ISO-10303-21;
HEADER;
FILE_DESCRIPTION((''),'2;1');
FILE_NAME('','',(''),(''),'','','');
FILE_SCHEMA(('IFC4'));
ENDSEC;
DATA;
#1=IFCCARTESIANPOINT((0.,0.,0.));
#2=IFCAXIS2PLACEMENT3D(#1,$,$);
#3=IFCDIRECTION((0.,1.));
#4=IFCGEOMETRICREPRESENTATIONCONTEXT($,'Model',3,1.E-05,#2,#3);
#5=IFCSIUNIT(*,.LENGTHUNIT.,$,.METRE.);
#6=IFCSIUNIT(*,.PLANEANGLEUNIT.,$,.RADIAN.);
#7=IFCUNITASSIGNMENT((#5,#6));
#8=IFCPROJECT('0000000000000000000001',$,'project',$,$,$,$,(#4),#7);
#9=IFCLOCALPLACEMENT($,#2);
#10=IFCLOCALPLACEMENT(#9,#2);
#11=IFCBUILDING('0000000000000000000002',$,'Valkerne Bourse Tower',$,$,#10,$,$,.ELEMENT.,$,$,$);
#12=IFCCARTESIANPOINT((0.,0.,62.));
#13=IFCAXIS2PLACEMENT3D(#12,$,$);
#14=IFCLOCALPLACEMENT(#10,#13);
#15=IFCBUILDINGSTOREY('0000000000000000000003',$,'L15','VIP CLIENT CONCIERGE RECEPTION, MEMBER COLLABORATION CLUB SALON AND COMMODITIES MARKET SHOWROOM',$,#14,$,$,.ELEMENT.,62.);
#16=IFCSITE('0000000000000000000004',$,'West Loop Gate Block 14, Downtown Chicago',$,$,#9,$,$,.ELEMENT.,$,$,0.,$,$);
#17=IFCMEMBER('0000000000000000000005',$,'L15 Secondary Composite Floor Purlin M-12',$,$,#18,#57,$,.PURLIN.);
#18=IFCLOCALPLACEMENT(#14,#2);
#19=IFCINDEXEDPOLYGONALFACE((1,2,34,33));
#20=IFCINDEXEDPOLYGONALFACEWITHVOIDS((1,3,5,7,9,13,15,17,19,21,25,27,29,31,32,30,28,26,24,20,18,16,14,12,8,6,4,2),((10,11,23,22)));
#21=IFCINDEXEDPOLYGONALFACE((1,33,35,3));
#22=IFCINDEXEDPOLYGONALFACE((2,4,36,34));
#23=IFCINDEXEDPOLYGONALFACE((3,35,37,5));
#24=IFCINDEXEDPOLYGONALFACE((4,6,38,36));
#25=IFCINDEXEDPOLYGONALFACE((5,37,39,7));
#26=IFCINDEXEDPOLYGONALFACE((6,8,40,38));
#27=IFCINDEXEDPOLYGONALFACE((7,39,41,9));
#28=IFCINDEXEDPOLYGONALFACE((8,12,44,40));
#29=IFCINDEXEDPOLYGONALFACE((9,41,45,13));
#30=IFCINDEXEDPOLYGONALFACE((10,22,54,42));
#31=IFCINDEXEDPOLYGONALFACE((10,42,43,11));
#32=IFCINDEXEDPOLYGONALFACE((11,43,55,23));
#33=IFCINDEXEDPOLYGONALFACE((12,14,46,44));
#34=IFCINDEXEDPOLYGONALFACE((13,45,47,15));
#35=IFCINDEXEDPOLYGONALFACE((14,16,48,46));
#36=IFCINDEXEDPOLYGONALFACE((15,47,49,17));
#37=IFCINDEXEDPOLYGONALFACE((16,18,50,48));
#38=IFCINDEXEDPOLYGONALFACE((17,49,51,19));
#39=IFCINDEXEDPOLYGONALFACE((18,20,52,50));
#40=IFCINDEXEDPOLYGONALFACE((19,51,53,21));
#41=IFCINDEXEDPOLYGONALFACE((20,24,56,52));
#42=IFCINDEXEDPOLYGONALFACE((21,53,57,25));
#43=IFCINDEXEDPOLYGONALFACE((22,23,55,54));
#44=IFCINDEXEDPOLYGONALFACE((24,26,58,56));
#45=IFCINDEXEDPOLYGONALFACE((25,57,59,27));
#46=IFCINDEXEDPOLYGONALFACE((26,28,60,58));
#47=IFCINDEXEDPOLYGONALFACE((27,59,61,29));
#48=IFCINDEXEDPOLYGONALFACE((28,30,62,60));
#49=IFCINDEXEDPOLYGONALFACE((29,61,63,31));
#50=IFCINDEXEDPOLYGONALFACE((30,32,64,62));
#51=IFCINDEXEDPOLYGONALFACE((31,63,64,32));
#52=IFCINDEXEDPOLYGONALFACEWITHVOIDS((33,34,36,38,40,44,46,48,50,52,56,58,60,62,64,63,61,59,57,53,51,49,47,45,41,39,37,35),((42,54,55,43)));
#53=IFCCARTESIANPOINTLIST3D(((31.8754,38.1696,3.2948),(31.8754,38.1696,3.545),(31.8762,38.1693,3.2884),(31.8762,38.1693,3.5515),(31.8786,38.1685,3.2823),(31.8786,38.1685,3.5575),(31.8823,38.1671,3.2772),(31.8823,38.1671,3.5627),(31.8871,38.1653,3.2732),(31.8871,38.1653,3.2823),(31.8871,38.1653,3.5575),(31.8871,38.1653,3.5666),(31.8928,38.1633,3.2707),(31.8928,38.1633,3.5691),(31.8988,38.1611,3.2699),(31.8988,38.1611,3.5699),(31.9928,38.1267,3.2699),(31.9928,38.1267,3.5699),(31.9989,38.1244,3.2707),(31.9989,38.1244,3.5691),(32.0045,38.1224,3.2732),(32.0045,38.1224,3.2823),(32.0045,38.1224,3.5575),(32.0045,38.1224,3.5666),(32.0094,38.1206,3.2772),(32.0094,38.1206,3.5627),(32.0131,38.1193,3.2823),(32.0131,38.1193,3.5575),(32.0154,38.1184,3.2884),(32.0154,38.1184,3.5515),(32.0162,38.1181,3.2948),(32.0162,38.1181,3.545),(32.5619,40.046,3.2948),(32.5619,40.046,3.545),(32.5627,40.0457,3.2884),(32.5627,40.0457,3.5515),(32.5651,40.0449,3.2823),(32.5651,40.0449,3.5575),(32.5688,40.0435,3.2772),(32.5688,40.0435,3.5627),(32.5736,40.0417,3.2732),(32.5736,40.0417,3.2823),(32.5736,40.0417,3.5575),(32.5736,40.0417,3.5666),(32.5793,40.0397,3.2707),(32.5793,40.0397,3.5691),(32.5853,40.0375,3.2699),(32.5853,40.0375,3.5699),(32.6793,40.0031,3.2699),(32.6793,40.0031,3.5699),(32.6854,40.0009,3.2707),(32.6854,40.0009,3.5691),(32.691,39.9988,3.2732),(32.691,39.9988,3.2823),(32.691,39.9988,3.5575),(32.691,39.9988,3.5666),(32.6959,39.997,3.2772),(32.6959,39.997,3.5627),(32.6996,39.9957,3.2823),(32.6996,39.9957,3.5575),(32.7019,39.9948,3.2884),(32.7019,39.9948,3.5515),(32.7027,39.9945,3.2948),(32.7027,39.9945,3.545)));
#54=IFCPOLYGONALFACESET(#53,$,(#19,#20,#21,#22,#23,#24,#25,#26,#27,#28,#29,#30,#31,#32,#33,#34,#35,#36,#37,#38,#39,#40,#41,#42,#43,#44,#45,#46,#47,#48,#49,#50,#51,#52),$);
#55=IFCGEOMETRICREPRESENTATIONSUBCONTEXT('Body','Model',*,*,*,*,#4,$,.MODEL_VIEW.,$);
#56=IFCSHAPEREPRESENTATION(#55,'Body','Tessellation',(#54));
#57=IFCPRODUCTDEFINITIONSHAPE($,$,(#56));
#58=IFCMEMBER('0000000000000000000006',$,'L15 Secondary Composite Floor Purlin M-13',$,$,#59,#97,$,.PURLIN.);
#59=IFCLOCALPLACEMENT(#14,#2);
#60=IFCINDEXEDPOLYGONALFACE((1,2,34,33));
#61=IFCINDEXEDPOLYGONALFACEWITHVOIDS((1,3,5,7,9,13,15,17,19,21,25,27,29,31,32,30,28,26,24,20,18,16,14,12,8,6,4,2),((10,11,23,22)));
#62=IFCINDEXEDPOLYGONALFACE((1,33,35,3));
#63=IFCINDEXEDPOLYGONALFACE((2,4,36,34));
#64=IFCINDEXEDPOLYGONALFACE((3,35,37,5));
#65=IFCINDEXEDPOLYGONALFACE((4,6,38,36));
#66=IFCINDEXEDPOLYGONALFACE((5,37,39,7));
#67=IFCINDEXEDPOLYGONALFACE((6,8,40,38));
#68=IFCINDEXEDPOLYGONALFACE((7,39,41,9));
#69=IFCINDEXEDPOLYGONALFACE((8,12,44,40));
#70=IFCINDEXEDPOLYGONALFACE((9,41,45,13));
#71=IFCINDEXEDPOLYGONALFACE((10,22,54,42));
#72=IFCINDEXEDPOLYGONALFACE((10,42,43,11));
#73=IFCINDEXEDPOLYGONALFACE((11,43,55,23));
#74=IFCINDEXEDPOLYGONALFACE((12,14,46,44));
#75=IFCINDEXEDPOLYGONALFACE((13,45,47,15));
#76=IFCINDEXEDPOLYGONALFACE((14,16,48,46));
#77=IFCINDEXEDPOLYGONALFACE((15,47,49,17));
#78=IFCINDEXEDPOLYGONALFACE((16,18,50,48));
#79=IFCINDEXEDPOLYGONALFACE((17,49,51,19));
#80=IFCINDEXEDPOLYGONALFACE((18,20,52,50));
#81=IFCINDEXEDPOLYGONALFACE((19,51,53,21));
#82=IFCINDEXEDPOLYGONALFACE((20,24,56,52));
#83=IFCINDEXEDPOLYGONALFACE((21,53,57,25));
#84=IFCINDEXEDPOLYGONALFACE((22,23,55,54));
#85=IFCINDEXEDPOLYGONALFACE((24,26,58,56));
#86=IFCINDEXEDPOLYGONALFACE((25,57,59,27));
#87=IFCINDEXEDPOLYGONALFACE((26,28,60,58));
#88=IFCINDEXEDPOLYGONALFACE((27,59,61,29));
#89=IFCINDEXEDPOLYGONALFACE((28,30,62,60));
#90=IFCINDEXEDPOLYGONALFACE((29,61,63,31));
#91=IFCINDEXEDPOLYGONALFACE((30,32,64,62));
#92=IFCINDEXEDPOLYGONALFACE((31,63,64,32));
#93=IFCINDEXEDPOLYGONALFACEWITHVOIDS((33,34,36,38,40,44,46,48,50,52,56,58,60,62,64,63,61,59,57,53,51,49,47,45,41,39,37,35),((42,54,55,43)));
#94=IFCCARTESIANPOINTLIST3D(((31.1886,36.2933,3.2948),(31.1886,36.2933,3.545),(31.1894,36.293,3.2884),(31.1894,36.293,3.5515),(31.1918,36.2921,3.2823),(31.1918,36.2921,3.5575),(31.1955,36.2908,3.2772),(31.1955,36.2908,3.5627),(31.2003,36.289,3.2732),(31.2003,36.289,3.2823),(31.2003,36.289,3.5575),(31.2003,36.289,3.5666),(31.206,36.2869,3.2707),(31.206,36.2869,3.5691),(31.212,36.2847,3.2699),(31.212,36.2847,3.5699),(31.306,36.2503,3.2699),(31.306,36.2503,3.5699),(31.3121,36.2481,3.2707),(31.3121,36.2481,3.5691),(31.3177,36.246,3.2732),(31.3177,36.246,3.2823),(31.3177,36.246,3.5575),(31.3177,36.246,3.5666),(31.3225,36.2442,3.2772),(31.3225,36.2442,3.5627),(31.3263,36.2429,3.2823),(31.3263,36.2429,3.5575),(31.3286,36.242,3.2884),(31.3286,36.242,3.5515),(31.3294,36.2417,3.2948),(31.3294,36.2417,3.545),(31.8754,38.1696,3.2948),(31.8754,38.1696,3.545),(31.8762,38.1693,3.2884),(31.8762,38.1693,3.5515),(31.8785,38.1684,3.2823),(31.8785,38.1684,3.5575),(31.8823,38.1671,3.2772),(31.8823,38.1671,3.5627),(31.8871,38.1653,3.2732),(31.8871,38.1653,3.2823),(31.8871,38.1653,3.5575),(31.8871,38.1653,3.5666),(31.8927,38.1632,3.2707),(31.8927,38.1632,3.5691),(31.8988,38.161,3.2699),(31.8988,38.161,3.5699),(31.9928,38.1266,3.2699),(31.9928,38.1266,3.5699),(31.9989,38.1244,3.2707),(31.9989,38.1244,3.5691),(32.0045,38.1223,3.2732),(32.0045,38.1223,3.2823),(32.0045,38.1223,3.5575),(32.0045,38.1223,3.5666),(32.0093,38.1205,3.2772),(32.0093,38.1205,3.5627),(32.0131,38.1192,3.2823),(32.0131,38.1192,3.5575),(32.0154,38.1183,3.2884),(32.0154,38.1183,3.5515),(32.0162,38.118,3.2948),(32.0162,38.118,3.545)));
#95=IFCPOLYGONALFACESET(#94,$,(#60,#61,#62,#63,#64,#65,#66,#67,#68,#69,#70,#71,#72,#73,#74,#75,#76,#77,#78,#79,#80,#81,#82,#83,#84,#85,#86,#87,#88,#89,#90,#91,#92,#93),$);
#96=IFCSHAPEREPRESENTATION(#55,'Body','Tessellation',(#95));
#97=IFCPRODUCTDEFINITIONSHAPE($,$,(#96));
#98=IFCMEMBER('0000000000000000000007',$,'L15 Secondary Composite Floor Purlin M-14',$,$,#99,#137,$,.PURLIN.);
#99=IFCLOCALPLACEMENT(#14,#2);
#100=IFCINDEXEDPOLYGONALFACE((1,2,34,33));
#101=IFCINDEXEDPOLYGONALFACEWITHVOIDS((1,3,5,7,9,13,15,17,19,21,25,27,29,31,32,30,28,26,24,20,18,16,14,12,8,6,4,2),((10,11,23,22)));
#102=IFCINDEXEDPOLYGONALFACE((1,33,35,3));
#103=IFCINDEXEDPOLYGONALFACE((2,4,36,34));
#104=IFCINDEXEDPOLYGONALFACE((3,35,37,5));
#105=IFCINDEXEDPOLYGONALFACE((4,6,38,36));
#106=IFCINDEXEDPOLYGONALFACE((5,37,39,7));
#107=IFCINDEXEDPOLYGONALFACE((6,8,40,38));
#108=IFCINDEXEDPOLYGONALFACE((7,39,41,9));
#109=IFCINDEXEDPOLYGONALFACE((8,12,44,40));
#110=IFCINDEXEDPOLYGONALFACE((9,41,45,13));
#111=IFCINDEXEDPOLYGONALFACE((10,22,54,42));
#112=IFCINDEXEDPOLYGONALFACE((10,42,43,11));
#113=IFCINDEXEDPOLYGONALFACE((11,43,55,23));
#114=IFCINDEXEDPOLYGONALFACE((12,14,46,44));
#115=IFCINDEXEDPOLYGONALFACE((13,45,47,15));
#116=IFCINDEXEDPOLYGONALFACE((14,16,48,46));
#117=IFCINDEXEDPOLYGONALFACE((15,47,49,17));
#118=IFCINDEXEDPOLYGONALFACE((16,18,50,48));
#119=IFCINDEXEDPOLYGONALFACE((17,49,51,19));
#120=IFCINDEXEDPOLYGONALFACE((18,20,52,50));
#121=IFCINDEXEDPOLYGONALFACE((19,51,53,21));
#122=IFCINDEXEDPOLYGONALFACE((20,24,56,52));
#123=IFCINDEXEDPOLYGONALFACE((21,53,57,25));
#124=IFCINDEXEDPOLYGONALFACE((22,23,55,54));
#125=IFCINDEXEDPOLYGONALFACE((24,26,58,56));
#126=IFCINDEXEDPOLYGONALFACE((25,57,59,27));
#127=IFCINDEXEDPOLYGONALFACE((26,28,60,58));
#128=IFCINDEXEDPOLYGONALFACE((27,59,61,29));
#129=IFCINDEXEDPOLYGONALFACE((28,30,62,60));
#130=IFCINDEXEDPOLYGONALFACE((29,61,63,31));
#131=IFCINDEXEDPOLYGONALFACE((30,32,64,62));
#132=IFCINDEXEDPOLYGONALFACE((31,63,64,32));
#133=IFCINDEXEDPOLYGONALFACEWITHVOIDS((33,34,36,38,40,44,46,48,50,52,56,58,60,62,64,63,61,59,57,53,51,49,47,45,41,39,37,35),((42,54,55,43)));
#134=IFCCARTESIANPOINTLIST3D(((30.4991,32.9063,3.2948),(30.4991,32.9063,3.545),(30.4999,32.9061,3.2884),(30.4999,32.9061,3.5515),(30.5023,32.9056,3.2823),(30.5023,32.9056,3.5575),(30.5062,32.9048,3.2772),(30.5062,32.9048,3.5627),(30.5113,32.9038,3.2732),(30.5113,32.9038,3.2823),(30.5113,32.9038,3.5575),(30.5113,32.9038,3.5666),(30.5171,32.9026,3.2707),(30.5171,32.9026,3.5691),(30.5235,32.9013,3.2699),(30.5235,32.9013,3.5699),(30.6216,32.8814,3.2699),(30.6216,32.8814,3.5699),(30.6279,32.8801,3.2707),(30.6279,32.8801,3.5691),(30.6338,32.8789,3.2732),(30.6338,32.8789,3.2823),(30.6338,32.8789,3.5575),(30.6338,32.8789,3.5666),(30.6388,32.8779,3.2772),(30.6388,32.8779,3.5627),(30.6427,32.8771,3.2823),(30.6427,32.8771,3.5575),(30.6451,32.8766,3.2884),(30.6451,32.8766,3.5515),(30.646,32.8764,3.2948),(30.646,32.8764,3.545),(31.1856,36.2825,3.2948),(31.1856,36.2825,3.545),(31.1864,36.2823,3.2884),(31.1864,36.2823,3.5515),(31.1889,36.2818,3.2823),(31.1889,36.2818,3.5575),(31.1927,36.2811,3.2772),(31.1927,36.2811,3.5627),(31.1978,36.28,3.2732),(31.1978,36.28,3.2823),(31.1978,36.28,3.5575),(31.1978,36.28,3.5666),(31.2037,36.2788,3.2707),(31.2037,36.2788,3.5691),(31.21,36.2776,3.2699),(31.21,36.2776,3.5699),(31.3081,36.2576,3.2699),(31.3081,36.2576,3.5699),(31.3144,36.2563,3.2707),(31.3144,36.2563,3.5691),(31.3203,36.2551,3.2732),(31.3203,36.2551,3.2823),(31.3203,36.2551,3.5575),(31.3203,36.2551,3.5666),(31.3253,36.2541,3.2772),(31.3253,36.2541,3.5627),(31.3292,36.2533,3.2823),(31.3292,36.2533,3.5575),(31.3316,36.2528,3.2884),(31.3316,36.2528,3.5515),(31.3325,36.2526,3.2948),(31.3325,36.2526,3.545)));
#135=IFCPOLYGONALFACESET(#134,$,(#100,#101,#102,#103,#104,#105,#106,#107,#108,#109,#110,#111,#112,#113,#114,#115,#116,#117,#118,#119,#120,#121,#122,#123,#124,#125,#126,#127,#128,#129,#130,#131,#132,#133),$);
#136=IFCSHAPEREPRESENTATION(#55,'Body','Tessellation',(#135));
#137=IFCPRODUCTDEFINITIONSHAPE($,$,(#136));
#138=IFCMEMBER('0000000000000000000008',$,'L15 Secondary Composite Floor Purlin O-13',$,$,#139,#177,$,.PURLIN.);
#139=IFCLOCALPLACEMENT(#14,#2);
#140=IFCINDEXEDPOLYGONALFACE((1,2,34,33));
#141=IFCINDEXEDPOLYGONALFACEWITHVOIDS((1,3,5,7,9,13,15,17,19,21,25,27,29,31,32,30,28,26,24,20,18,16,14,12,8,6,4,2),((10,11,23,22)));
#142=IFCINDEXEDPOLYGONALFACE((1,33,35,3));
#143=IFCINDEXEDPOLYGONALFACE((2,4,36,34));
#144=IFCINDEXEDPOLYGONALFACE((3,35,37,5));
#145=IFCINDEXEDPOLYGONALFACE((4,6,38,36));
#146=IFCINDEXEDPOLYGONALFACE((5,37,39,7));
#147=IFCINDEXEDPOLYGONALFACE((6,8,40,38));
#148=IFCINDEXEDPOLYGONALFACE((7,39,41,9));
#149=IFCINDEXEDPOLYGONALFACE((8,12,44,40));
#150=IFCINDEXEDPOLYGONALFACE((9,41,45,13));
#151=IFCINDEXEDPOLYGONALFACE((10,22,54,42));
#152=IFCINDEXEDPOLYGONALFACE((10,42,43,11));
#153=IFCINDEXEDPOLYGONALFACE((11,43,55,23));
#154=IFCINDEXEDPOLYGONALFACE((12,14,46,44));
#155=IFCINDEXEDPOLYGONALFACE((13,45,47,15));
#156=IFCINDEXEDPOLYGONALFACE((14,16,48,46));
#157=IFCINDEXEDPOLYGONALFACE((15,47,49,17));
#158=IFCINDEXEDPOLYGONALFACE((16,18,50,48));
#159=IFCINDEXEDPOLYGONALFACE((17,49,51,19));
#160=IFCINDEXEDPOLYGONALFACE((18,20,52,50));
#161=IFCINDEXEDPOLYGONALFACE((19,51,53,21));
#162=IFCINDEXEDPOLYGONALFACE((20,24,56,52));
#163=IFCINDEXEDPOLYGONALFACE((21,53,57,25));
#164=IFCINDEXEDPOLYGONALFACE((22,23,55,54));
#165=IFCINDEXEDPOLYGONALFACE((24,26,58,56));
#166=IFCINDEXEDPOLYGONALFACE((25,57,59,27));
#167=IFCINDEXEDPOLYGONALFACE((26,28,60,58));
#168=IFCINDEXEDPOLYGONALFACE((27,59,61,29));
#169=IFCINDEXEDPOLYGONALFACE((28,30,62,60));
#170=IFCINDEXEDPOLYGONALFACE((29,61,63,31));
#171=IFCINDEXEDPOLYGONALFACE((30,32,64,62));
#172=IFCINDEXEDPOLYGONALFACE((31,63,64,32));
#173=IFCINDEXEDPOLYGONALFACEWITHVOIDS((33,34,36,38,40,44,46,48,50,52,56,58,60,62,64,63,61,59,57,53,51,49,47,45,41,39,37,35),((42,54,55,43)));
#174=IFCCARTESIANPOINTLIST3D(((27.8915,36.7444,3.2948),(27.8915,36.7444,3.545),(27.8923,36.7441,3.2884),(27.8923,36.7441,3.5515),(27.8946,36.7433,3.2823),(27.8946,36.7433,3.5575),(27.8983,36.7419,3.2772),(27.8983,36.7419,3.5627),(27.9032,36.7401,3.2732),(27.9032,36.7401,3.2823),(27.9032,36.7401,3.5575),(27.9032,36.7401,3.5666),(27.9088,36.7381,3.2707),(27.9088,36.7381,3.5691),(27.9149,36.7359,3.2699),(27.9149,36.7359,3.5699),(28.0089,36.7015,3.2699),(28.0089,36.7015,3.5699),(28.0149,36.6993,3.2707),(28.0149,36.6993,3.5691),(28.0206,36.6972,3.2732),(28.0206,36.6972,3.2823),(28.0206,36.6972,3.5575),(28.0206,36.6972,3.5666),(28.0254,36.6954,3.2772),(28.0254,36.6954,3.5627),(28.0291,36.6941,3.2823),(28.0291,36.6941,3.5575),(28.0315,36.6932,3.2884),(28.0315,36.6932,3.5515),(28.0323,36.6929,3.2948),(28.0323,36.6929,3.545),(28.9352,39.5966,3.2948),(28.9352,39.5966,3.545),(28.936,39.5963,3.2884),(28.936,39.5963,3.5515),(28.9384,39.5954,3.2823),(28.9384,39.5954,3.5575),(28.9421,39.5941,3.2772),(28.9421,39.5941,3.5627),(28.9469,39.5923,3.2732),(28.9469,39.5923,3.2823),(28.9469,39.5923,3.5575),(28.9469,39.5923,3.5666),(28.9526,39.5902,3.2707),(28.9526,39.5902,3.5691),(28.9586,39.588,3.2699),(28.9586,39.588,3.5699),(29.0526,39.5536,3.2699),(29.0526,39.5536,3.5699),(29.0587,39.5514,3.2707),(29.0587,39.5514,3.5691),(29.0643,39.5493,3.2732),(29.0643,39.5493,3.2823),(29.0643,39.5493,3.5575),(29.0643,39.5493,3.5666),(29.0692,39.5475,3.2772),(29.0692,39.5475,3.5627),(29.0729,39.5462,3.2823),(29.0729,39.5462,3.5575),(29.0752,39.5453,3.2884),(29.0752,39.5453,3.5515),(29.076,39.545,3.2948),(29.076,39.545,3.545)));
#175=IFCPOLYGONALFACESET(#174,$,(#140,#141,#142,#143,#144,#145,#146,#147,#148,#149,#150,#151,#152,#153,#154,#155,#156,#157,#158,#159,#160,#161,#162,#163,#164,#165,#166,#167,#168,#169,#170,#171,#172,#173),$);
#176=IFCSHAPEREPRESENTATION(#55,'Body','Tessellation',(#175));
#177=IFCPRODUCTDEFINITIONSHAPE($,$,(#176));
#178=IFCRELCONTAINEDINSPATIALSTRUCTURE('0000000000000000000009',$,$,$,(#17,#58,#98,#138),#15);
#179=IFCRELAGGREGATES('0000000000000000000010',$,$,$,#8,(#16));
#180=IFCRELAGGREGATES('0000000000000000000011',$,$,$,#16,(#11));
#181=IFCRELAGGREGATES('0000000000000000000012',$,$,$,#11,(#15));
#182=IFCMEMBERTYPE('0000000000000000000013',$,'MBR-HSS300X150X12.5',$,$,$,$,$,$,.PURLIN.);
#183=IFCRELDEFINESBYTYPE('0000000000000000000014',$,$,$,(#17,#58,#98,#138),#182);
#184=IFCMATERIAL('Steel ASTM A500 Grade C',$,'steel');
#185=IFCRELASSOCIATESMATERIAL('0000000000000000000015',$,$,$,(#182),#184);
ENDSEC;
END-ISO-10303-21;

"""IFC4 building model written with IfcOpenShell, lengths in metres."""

from ifc_helpers import new_model, si_unit, direction, frame, origin, origin_2d, place, context, subcontext, project, spatial, hollow_rectangle, extrude, material, material_profile, profile_set, type_object, element, save


model = new_model("IFC4")

# Units and contexts
model_context = context("Model", 3, precision=1e-05, world=origin(), true_north=direction((0.0, 1.0)))
body_context = subcontext(model_context, "Body", "Model", "MODEL_VIEW")
ifc_project = project(units=[si_unit("LENGTHUNIT", "METRE"), si_unit("PLANEANGLEUNIT", "RADIAN")], contexts=[model_context])

# Site, building, storey
site_placement = place(None, origin())
site = spatial("IfcSite", under=ifc_project, at=site_placement, Name="West Loop Gate Block 14, Downtown Chicago", CompositionType="ELEMENT", RefElevation=0.0)
building_placement = place(site_placement, origin())
building = spatial("IfcBuilding", under=site, at=building_placement, Name="Valkerne Bourse Tower", CompositionType="ELEMENT")
storey_placement = place(building_placement, frame((0.0, 0.0, 62.0)))
storey = spatial("IfcBuildingStorey", under=building, at=storey_placement, Name="L15", Description="VIP CLIENT CONCIERGE RECEPTION, MEMBER COLLABORATION CLUB SALON AND COMMODITIES MARKET SHOWROOM", CompositionType="ELEMENT", Elevation=62.0)

# Members
ifc_material_1 = material(Name="Steel ASTM A500 Grade C", Category="steel")
ifc_material_profile_1 = material_profile(ifc_material_1, hollow_rectangle(XDim=0.1499, YDim=0.3, WallThickness=0.0125, OuterFilletRadius=0.0249, at=origin_2d()), Name="HSS300X150X12.5")
ifc_profile_set_1 = profile_set([ifc_material_profile_1], Name="Steel ASTM A500 Grade C")
member_type_1 = type_object("IfcMemberType", Name="MBR-HSS300X150X12.5", PredefinedType="PURLIN", material=ifc_profile_set_1)
for number, where, z_axis, x_axis, name in (
    (1, (32.6323, 40.0203, 3.4199), (-0.343587, -0.939121, 0.0), (0.939121, -0.343587, 0.0), "L15 Secondary Composite Floor Purlin M-12"),
    (2, (31.9458, 38.1438, 3.4199), (-0.343734, -0.939067, 0.0), (0.939067, -0.343734, 0.0), "L15 Secondary Composite Floor Purlin M-13"),
):
    element("IfcMember", number, at=place(storey_placement, frame(where, z_axis=z_axis, x_axis=x_axis)), inside=storey, type_object=member_type_1, Name=name, PredefinedType="PURLIN", context=body_context, shape_type="SweptSolid", body=[
        extrude(hollow_rectangle(XDim=0.1499, YDim=0.3, WallThickness=0.0125, OuterFilletRadius=0.0249, at=origin_2d()), origin(), (0.0, 0.0, 1.0), 1.998),
    ])
member_1_placement = place(storey_placement, frame((31.259, 36.2676, 3.4199), z_axis=(-0.199263, -0.979946, 0.0), x_axis=(0.979946, -0.199263, 0.0)))
element("IfcMember", 3, at=member_1_placement, inside=storey, type_object=member_type_1, Name="L15 Secondary Composite Floor Purlin M-14", PredefinedType="PURLIN", context=body_context, shape_type="SweptSolid", body=[
    extrude(hollow_rectangle(XDim=0.1499, YDim=0.3, WallThickness=0.0125, OuterFilletRadius=0.0249, at=origin_2d()), origin(), (0.0, 0.0, 1.0), 3.4453),
])
member_2_placement = place(storey_placement, frame((29.0056, 39.5708, 3.4199), z_axis=(-0.343659, -0.939094, 0.0), x_axis=(0.939094, -0.343659, 0.0)))
element("IfcMember", 4, at=member_2_placement, inside=storey, type_object=member_type_1, Name="L15 Secondary Composite Floor Purlin O-13", PredefinedType="PURLIN", context=body_context, shape_type="SweptSolid", body=[
    extrude(hollow_rectangle(XDim=0.1499, YDim=0.3, WallThickness=0.0125, OuterFilletRadius=0.0249, at=origin_2d()), origin(), (0.0, 0.0, 1.0), 3.0371),
])

save(model, "model.ifc")
